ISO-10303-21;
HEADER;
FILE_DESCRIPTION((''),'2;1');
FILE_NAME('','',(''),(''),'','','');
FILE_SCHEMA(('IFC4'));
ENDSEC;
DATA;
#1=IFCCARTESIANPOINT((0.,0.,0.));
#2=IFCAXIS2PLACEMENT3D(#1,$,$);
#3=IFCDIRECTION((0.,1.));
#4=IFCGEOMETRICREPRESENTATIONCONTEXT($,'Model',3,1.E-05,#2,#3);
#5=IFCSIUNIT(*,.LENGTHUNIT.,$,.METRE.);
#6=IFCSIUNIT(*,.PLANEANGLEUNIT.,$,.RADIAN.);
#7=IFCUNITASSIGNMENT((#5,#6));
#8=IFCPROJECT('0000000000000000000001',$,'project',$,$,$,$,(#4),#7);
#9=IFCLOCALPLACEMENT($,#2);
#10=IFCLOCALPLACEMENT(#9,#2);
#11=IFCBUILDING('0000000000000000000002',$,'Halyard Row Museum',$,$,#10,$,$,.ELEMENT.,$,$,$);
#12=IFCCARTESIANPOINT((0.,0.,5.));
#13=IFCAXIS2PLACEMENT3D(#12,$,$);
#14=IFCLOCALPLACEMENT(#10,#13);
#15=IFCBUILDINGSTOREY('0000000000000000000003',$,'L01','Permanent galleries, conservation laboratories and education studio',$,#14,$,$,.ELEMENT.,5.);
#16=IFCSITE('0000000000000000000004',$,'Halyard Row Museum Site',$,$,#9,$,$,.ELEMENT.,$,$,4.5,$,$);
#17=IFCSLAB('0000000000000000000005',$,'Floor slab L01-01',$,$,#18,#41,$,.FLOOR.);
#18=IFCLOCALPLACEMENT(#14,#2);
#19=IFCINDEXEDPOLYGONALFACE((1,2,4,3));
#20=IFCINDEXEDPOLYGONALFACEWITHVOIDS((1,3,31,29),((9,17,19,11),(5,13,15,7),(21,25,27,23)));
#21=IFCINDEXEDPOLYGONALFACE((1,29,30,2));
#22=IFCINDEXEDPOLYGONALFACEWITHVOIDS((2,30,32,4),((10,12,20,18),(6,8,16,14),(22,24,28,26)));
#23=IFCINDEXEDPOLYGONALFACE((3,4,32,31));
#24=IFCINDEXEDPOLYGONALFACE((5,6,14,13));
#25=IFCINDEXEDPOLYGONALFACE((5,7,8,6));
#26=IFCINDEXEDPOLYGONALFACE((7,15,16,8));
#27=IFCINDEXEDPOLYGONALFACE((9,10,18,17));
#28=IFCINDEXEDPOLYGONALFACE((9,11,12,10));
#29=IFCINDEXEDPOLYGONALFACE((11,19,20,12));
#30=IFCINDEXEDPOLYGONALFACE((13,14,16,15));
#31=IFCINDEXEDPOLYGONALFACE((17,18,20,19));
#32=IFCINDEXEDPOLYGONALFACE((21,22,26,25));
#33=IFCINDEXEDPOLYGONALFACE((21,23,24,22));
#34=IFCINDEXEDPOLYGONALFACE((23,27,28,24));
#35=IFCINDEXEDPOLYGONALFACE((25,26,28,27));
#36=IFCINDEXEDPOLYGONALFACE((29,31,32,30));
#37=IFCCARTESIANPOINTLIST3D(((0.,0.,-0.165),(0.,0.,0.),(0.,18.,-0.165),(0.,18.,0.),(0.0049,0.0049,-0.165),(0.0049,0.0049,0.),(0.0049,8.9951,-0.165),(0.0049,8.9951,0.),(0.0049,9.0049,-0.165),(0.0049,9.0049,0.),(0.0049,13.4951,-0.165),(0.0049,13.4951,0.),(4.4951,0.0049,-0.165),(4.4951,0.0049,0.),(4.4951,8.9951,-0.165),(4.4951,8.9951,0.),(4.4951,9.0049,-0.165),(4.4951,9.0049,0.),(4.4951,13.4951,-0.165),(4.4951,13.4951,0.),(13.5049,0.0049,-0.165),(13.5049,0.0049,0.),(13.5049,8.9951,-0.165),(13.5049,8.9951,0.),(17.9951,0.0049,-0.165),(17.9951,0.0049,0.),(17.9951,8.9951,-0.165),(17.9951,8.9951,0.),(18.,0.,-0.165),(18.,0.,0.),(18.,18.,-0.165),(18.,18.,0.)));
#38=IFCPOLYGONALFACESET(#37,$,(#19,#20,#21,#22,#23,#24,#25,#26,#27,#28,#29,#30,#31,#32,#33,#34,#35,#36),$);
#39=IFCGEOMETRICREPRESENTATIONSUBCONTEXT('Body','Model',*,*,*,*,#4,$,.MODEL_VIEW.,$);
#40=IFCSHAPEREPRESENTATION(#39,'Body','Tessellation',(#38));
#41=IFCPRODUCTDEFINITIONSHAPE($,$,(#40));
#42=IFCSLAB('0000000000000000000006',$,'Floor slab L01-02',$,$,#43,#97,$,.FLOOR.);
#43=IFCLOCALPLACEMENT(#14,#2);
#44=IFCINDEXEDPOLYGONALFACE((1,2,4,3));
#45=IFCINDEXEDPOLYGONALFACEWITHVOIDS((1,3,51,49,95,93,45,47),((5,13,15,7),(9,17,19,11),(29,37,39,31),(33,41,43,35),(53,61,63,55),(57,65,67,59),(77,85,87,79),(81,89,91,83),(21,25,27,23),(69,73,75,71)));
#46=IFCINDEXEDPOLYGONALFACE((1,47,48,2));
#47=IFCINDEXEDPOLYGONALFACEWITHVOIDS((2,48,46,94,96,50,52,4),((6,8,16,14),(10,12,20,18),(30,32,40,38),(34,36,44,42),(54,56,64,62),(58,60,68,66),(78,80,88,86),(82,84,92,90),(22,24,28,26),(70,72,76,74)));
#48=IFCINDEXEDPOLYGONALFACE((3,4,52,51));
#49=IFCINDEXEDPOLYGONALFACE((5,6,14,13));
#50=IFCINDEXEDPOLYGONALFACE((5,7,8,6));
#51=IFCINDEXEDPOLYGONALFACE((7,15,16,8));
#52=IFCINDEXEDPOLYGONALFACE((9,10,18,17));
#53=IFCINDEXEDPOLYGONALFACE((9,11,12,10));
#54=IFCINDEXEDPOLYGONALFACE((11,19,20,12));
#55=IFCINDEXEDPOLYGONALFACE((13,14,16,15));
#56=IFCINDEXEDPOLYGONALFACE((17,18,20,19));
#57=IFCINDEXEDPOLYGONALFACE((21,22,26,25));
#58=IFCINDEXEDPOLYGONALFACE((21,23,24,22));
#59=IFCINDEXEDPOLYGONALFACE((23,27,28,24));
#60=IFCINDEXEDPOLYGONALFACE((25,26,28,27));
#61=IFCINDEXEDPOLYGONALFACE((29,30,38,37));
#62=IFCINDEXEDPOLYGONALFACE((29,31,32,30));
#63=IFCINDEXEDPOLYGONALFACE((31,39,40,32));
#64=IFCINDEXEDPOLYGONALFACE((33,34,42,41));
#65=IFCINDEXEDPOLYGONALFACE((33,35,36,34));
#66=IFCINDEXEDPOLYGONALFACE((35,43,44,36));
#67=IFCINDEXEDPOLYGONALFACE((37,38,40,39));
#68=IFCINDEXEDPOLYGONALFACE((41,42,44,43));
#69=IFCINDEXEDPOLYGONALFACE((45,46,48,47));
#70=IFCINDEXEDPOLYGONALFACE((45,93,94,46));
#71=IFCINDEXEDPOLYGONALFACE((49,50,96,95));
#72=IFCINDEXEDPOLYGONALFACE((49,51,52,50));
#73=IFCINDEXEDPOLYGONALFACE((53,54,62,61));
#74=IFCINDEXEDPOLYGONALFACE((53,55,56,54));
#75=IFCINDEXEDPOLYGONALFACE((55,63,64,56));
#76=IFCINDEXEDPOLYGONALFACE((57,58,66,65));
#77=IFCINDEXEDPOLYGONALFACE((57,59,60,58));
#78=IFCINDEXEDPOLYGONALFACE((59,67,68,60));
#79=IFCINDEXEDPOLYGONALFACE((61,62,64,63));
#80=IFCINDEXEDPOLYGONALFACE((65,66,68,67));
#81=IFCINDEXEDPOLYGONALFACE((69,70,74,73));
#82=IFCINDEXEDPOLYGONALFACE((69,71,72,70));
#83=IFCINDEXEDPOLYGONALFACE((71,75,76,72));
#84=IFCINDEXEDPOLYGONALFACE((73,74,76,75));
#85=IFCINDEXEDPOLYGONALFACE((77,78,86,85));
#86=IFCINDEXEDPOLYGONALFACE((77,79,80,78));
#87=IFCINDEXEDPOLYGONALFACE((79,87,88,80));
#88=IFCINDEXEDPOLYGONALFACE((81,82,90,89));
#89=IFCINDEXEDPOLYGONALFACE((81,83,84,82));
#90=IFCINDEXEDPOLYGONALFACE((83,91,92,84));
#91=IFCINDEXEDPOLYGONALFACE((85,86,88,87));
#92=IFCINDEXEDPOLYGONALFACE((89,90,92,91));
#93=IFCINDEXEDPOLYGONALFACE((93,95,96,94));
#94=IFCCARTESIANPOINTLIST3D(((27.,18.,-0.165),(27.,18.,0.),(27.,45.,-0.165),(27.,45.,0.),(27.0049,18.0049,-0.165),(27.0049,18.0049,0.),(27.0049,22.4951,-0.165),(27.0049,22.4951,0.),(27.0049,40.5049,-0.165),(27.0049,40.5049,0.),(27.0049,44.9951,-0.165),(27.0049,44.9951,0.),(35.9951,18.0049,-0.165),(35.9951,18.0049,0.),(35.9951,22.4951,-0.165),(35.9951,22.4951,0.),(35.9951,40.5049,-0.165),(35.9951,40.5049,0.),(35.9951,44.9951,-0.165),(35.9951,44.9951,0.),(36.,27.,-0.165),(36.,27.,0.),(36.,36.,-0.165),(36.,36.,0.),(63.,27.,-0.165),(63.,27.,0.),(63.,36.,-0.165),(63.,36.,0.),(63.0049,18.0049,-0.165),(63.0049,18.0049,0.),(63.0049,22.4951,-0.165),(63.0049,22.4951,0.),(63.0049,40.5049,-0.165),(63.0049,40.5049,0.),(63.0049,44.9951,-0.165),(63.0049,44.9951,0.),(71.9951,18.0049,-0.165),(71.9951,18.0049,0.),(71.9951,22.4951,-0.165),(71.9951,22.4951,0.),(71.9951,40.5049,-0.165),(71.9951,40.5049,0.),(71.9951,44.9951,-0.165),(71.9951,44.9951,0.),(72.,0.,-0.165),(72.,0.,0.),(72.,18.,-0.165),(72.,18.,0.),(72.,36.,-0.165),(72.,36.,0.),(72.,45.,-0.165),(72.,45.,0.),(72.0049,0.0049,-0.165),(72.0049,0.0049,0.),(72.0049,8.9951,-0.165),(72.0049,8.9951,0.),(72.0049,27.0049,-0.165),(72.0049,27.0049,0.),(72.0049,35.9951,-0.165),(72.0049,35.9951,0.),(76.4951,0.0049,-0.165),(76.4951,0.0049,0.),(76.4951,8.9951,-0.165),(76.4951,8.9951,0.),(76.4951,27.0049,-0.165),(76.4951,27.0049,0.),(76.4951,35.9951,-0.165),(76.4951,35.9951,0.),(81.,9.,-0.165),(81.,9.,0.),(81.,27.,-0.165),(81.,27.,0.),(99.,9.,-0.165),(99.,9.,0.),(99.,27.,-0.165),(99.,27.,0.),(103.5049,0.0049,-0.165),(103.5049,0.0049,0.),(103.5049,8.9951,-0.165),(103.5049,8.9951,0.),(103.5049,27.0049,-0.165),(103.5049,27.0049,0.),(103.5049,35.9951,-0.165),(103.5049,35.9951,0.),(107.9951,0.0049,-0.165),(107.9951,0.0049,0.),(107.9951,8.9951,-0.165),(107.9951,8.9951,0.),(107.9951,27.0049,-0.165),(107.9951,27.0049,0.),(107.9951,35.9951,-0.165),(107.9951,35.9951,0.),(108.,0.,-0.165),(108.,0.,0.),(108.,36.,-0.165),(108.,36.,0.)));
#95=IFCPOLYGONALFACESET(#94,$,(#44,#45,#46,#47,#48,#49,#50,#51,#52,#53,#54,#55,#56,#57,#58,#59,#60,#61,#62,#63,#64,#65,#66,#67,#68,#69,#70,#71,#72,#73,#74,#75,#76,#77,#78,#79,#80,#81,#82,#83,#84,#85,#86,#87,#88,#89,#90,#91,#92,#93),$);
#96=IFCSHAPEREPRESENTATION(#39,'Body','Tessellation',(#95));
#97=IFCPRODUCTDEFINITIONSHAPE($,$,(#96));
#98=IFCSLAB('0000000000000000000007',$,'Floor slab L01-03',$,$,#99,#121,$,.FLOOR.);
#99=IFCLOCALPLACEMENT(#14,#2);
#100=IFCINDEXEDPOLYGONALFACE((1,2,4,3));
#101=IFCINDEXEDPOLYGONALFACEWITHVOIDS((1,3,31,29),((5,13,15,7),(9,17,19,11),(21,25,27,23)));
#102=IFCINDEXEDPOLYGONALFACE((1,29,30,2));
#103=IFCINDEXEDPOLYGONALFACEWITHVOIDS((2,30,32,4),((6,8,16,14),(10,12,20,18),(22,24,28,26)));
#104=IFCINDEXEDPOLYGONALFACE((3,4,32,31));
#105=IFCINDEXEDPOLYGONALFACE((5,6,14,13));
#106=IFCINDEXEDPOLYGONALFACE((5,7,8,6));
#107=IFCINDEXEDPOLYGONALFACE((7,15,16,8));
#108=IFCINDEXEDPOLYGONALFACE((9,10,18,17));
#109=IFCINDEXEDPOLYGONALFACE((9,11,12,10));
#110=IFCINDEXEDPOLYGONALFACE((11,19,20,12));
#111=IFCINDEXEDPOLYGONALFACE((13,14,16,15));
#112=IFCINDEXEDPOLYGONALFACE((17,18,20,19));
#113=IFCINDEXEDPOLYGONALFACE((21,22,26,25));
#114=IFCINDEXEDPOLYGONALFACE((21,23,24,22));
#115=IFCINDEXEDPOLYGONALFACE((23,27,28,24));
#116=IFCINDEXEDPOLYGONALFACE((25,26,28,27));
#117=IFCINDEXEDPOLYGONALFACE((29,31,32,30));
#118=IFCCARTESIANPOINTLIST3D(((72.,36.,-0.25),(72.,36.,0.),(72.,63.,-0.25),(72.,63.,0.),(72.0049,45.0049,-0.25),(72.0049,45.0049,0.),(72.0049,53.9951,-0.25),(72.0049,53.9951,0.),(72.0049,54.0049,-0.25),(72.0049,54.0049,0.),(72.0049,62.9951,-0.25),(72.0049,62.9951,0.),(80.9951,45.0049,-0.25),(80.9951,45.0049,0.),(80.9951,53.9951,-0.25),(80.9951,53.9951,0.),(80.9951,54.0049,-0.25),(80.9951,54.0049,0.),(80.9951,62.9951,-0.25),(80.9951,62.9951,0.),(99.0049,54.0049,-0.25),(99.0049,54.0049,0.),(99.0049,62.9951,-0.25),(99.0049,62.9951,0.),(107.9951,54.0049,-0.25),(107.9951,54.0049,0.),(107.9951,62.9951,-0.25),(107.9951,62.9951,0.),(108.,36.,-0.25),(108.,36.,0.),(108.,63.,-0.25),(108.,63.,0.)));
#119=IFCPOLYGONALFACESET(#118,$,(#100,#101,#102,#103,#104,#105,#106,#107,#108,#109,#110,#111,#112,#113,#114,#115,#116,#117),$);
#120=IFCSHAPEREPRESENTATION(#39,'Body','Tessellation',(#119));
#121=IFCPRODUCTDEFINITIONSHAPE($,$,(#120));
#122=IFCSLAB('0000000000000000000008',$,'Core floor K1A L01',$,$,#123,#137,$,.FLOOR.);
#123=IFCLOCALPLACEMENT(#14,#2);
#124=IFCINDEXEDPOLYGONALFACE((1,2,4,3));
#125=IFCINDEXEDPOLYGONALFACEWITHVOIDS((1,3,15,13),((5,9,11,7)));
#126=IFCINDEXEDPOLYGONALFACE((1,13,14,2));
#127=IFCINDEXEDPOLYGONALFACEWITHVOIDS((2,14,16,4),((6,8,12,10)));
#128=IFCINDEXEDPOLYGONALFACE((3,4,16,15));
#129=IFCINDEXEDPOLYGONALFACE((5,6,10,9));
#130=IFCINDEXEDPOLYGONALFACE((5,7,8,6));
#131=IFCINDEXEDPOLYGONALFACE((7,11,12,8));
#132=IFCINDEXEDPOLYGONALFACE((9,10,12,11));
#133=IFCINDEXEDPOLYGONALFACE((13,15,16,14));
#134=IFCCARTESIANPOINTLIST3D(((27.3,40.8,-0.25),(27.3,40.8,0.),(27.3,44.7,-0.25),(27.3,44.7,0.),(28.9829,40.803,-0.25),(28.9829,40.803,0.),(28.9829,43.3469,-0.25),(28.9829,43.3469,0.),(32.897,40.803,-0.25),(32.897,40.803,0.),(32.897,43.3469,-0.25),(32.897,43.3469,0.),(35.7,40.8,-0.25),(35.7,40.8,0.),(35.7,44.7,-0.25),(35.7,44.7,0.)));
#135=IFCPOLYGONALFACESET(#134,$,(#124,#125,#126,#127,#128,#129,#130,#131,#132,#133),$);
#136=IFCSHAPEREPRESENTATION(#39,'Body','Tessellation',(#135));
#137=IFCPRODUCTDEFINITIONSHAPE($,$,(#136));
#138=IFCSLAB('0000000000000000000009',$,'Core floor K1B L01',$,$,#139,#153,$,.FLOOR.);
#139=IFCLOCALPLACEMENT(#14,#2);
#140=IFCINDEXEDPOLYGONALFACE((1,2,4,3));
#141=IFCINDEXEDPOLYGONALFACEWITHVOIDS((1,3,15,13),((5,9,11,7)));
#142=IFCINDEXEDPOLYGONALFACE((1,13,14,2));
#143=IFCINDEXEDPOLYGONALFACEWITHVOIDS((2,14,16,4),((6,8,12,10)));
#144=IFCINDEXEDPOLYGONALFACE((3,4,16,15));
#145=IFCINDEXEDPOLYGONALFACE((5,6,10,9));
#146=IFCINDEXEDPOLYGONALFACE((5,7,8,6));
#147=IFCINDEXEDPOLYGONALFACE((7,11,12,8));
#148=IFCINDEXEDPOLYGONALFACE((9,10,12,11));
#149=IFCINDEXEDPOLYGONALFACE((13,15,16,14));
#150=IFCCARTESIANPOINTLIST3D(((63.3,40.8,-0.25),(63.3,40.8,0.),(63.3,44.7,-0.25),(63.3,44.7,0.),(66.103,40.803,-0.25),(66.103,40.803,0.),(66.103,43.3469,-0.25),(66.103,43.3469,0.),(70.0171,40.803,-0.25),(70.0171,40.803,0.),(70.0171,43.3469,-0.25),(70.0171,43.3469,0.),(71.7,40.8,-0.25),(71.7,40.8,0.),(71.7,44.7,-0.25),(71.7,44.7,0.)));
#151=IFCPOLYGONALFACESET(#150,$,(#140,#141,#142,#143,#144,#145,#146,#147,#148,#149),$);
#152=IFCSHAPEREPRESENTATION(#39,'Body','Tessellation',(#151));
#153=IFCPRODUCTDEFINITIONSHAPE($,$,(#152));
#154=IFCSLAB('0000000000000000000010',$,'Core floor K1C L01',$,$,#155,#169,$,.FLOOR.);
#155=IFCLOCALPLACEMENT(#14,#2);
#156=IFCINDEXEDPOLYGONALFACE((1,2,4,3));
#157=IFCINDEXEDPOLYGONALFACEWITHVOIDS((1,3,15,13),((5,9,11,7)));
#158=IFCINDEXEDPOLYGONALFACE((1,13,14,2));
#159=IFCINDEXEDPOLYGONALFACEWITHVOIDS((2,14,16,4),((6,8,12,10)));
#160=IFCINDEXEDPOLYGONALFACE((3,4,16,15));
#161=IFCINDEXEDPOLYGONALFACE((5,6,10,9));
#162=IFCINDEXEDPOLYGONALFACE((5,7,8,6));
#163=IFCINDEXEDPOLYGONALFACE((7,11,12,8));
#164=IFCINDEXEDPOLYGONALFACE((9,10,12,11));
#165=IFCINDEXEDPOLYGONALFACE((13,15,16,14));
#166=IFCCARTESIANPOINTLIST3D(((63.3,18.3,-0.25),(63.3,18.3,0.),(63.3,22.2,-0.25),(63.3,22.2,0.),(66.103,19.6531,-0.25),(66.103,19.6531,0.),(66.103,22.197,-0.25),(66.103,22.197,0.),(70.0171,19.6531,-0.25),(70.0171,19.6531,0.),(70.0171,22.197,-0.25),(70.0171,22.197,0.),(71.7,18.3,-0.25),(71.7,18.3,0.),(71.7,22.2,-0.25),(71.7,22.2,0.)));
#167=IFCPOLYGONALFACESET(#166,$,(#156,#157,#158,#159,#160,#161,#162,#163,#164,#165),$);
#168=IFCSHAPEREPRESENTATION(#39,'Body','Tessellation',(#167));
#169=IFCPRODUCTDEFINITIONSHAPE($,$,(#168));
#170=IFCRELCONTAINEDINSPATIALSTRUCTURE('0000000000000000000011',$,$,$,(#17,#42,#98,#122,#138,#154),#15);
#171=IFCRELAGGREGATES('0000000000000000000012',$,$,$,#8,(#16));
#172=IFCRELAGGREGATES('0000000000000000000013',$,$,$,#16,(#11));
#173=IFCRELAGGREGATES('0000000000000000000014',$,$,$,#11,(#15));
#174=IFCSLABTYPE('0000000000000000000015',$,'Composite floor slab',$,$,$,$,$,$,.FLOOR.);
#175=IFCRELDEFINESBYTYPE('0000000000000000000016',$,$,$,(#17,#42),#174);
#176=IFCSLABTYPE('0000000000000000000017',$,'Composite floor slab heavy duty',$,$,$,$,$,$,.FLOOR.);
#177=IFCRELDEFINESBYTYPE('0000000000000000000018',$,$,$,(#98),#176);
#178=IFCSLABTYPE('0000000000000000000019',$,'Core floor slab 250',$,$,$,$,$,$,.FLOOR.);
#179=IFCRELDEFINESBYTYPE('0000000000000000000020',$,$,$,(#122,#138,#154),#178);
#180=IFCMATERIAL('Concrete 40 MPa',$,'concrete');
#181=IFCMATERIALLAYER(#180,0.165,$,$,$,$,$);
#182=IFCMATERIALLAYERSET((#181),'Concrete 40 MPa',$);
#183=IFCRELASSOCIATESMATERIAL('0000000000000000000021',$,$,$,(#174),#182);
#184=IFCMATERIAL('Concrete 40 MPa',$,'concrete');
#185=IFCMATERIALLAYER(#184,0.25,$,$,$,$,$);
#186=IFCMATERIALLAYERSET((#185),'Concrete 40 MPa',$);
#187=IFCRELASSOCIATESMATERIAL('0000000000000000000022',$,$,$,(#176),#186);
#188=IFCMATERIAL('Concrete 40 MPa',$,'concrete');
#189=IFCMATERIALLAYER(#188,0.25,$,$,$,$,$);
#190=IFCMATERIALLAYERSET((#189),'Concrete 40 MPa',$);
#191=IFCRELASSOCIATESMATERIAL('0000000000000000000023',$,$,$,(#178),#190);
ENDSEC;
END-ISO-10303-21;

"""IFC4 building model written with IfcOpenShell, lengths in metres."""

from ifc_helpers import new_model, si_unit, direction, frame, origin, place, context, subcontext, project, spatial, polyline, outline, extrude, material, layer, layer_set, type_object, element, save


model = new_model("IFC4")

# Units and contexts
model_context = context("Model", 3, precision=1e-05, world=origin(), true_north=direction((0.0, 1.0)))
body_context = subcontext(model_context, "Body", "Model", "MODEL_VIEW")
ifc_project = project(units=[si_unit("LENGTHUNIT", "METRE"), si_unit("PLANEANGLEUNIT", "RADIAN")], contexts=[model_context])

# Site, building, storey
site_placement = place(None, origin())
site = spatial("IfcSite", under=ifc_project, at=site_placement, Name="Halyard Row Museum Site", CompositionType="ELEMENT", RefElevation=4.5)
building_placement = place(site_placement, origin())
building = spatial("IfcBuilding", under=site, at=building_placement, Name="Halyard Row Museum", CompositionType="ELEMENT")
storey_placement = place(building_placement, frame((0.0, 0.0, 5.0)))
storey = spatial("IfcBuildingStorey", under=building, at=storey_placement, Name="L01", Description="Permanent galleries, conservation laboratories and education studio", CompositionType="ELEMENT", Elevation=5.0)

# Slabs
ifc_material_1 = material(Name="Concrete 40 MPa", Category="concrete")
ifc_layer_1 = layer(ifc_material_1, 0.165)
ifc_layer_set_1 = layer_set([ifc_layer_1], Name="Concrete 40 MPa")
slab_type_1 = type_object("IfcSlabType", Name="Composite floor slab", PredefinedType="FLOOR", material=ifc_layer_set_1)
slab_1_placement = place(storey_placement, frame((0.0, 0.0, -0.165)))
element("IfcSlab", 1, at=slab_1_placement, inside=storey, type_object=slab_type_1, Name="Floor slab L01-01", PredefinedType="FLOOR", context=body_context, shape_type="SweptSolid", body=[
    extrude(outline(polyline([(0.0, 0.0), (18.0, 0.0), (18.0, 18.0), (0.0, 18.0), (0.0, 0.0)]), holes=[polyline([(4.4951, 0.0049), (0.0049, 0.0049), (0.0049, 8.9951), (4.4951, 8.9951), (4.4951, 0.0049)]), polyline([(13.5049, 0.0049), (13.5049, 8.9951), (17.9951, 8.9951), (17.9951, 0.0049), (13.5049, 0.0049)]), polyline([(0.0049, 9.0049), (0.0049, 13.4951), (4.4951, 13.4951), (4.4951, 9.0049), (0.0049, 9.0049)])]), origin(), (0.0, 0.0, 1.0), 0.165),
])
slab_2_placement = place(storey_placement, frame((0.0, 0.0, -0.165)))
element("IfcSlab", 2, at=slab_2_placement, inside=storey, type_object=slab_type_1, Name="Floor slab L01-02", PredefinedType="FLOOR", context=body_context, shape_type="SweptSolid", body=[
    extrude(outline(polyline([(27.0, 18.0), (72.0, 18.0), (72.0, 0.0), (108.0, 0.0), (108.0, 36.0), (72.0, 36.0), (72.0, 45.0), (27.0, 45.0), (27.0, 18.0)]), holes=[polyline([(81.0, 27.0), (99.0, 27.0), (99.0, 9.0), (81.0, 9.0), (81.0, 27.0)]), polyline([(36.0, 36.0), (63.0, 36.0), (63.0, 27.0), (36.0, 27.0), (36.0, 36.0)]), polyline([(27.0049, 18.0049), (27.0049, 22.4951), (35.9951, 22.4951), (35.9951, 18.0049), (27.0049, 18.0049)]), polyline([(63.0049, 18.0049), (63.0049, 22.4951), (71.9951, 22.4951), (71.9951, 18.0049), (63.0049, 18.0049)]), polyline([(27.0049, 40.5049), (27.0049, 44.9951), (35.9951, 44.9951), (35.9951, 40.5049), (27.0049, 40.5049)]), polyline([(63.0049, 40.5049), (63.0049, 44.9951), (71.9951, 44.9951), (71.9951, 40.5049), (63.0049, 40.5049)]), polyline([(76.4951, 0.0049), (72.0049, 0.0049), (72.0049, 8.9951), (76.4951, 8.9951), (76.4951, 0.0049)]), polyline([(103.5049, 0.0049), (103.5049, 8.9951), (107.9951, 8.9951), (107.9951, 0.0049), (103.5049, 0.0049)]), polyline([(72.0049, 27.0049), (72.0049, 35.9951), (76.4951, 35.9951), (76.4951, 27.0049), (72.0049, 27.0049)]), polyline([(103.5049, 27.0049), (103.5049, 35.9951), (107.9951, 35.9951), (107.9951, 27.0049), (103.5049, 27.0049)])]), origin(), (0.0, 0.0, 1.0), 0.165),
])
ifc_material_2 = material(Name="Concrete 40 MPa", Category="concrete")
ifc_layer_2 = layer(ifc_material_2, 0.25)
ifc_layer_set_2 = layer_set([ifc_layer_2], Name="Concrete 40 MPa")
slab_type_2 = type_object("IfcSlabType", Name="Composite floor slab heavy duty", PredefinedType="FLOOR", material=ifc_layer_set_2)
slab_3_placement = place(storey_placement, frame((0.0, 0.0, -0.25)))
element("IfcSlab", 3, at=slab_3_placement, inside=storey, type_object=slab_type_2, Name="Floor slab L01-03", PredefinedType="FLOOR", context=body_context, shape_type="SweptSolid", body=[
    extrude(outline(polyline([(72.0, 36.0), (108.0, 36.0), (108.0, 63.0), (72.0, 63.0), (72.0, 36.0)]), holes=[polyline([(72.0049, 45.0049), (72.0049, 53.9951), (80.9951, 53.9951), (80.9951, 45.0049), (72.0049, 45.0049)]), polyline([(72.0049, 54.0049), (72.0049, 62.9951), (80.9951, 62.9951), (80.9951, 54.0049), (72.0049, 54.0049)]), polyline([(99.0049, 54.0049), (99.0049, 62.9951), (107.9951, 62.9951), (107.9951, 54.0049), (99.0049, 54.0049)])]), origin(), (0.0, 0.0, 1.0), 0.25),
])
ifc_material_3 = material(Name="Concrete 40 MPa", Category="concrete")
ifc_layer_3 = layer(ifc_material_3, 0.25)
ifc_layer_set_3 = layer_set([ifc_layer_3], Name="Concrete 40 MPa")
slab_type_3 = type_object("IfcSlabType", Name="Core floor slab 250", PredefinedType="FLOOR", material=ifc_layer_set_3)
slab_4_placement = place(storey_placement, frame((0.0, 0.0, -0.25)))
element("IfcSlab", 4, at=slab_4_placement, inside=storey, type_object=slab_type_3, Name="Core floor K1A L01", PredefinedType="FLOOR", context=body_context, shape_type="SweptSolid", body=[
    extrude(outline(polyline([(35.7, 44.7), (27.3, 44.7), (27.3, 40.8), (35.7, 40.8), (35.7, 44.7)]), holes=[polyline([(28.9829, 40.803), (28.9829, 43.3469), (32.897, 43.3469), (32.897, 40.803), (28.9829, 40.803)])]), origin(), (0.0, 0.0, 1.0), 0.25),
])
slab_5_placement = place(storey_placement, frame((0.0, 0.0, -0.25)))
element("IfcSlab", 5, at=slab_5_placement, inside=storey, type_object=slab_type_3, Name="Core floor K1B L01", PredefinedType="FLOOR", context=body_context, shape_type="SweptSolid", body=[
    extrude(outline(polyline([(71.7, 44.7), (63.3, 44.7), (63.3, 40.8), (71.7, 40.8), (71.7, 44.7)]), holes=[polyline([(70.0171, 40.803), (66.103, 40.803), (66.103, 43.3469), (70.0171, 43.3469), (70.0171, 40.803)])]), origin(), (0.0, 0.0, 1.0), 0.25),
])
slab_6_placement = place(storey_placement, frame((0.0, 0.0, -0.25)))
element("IfcSlab", 6, at=slab_6_placement, inside=storey, type_object=slab_type_3, Name="Core floor K1C L01", PredefinedType="FLOOR", context=body_context, shape_type="SweptSolid", body=[
    extrude(outline(polyline([(71.7, 22.2), (63.3, 22.2), (63.3, 18.3), (71.7, 18.3), (71.7, 22.2)]), holes=[polyline([(70.0171, 22.197), (70.0171, 19.6531), (66.103, 19.6531), (66.103, 22.197), (70.0171, 22.197)])]), origin(), (0.0, 0.0, 1.0), 0.25),
])

save(model, "model.ifc")
